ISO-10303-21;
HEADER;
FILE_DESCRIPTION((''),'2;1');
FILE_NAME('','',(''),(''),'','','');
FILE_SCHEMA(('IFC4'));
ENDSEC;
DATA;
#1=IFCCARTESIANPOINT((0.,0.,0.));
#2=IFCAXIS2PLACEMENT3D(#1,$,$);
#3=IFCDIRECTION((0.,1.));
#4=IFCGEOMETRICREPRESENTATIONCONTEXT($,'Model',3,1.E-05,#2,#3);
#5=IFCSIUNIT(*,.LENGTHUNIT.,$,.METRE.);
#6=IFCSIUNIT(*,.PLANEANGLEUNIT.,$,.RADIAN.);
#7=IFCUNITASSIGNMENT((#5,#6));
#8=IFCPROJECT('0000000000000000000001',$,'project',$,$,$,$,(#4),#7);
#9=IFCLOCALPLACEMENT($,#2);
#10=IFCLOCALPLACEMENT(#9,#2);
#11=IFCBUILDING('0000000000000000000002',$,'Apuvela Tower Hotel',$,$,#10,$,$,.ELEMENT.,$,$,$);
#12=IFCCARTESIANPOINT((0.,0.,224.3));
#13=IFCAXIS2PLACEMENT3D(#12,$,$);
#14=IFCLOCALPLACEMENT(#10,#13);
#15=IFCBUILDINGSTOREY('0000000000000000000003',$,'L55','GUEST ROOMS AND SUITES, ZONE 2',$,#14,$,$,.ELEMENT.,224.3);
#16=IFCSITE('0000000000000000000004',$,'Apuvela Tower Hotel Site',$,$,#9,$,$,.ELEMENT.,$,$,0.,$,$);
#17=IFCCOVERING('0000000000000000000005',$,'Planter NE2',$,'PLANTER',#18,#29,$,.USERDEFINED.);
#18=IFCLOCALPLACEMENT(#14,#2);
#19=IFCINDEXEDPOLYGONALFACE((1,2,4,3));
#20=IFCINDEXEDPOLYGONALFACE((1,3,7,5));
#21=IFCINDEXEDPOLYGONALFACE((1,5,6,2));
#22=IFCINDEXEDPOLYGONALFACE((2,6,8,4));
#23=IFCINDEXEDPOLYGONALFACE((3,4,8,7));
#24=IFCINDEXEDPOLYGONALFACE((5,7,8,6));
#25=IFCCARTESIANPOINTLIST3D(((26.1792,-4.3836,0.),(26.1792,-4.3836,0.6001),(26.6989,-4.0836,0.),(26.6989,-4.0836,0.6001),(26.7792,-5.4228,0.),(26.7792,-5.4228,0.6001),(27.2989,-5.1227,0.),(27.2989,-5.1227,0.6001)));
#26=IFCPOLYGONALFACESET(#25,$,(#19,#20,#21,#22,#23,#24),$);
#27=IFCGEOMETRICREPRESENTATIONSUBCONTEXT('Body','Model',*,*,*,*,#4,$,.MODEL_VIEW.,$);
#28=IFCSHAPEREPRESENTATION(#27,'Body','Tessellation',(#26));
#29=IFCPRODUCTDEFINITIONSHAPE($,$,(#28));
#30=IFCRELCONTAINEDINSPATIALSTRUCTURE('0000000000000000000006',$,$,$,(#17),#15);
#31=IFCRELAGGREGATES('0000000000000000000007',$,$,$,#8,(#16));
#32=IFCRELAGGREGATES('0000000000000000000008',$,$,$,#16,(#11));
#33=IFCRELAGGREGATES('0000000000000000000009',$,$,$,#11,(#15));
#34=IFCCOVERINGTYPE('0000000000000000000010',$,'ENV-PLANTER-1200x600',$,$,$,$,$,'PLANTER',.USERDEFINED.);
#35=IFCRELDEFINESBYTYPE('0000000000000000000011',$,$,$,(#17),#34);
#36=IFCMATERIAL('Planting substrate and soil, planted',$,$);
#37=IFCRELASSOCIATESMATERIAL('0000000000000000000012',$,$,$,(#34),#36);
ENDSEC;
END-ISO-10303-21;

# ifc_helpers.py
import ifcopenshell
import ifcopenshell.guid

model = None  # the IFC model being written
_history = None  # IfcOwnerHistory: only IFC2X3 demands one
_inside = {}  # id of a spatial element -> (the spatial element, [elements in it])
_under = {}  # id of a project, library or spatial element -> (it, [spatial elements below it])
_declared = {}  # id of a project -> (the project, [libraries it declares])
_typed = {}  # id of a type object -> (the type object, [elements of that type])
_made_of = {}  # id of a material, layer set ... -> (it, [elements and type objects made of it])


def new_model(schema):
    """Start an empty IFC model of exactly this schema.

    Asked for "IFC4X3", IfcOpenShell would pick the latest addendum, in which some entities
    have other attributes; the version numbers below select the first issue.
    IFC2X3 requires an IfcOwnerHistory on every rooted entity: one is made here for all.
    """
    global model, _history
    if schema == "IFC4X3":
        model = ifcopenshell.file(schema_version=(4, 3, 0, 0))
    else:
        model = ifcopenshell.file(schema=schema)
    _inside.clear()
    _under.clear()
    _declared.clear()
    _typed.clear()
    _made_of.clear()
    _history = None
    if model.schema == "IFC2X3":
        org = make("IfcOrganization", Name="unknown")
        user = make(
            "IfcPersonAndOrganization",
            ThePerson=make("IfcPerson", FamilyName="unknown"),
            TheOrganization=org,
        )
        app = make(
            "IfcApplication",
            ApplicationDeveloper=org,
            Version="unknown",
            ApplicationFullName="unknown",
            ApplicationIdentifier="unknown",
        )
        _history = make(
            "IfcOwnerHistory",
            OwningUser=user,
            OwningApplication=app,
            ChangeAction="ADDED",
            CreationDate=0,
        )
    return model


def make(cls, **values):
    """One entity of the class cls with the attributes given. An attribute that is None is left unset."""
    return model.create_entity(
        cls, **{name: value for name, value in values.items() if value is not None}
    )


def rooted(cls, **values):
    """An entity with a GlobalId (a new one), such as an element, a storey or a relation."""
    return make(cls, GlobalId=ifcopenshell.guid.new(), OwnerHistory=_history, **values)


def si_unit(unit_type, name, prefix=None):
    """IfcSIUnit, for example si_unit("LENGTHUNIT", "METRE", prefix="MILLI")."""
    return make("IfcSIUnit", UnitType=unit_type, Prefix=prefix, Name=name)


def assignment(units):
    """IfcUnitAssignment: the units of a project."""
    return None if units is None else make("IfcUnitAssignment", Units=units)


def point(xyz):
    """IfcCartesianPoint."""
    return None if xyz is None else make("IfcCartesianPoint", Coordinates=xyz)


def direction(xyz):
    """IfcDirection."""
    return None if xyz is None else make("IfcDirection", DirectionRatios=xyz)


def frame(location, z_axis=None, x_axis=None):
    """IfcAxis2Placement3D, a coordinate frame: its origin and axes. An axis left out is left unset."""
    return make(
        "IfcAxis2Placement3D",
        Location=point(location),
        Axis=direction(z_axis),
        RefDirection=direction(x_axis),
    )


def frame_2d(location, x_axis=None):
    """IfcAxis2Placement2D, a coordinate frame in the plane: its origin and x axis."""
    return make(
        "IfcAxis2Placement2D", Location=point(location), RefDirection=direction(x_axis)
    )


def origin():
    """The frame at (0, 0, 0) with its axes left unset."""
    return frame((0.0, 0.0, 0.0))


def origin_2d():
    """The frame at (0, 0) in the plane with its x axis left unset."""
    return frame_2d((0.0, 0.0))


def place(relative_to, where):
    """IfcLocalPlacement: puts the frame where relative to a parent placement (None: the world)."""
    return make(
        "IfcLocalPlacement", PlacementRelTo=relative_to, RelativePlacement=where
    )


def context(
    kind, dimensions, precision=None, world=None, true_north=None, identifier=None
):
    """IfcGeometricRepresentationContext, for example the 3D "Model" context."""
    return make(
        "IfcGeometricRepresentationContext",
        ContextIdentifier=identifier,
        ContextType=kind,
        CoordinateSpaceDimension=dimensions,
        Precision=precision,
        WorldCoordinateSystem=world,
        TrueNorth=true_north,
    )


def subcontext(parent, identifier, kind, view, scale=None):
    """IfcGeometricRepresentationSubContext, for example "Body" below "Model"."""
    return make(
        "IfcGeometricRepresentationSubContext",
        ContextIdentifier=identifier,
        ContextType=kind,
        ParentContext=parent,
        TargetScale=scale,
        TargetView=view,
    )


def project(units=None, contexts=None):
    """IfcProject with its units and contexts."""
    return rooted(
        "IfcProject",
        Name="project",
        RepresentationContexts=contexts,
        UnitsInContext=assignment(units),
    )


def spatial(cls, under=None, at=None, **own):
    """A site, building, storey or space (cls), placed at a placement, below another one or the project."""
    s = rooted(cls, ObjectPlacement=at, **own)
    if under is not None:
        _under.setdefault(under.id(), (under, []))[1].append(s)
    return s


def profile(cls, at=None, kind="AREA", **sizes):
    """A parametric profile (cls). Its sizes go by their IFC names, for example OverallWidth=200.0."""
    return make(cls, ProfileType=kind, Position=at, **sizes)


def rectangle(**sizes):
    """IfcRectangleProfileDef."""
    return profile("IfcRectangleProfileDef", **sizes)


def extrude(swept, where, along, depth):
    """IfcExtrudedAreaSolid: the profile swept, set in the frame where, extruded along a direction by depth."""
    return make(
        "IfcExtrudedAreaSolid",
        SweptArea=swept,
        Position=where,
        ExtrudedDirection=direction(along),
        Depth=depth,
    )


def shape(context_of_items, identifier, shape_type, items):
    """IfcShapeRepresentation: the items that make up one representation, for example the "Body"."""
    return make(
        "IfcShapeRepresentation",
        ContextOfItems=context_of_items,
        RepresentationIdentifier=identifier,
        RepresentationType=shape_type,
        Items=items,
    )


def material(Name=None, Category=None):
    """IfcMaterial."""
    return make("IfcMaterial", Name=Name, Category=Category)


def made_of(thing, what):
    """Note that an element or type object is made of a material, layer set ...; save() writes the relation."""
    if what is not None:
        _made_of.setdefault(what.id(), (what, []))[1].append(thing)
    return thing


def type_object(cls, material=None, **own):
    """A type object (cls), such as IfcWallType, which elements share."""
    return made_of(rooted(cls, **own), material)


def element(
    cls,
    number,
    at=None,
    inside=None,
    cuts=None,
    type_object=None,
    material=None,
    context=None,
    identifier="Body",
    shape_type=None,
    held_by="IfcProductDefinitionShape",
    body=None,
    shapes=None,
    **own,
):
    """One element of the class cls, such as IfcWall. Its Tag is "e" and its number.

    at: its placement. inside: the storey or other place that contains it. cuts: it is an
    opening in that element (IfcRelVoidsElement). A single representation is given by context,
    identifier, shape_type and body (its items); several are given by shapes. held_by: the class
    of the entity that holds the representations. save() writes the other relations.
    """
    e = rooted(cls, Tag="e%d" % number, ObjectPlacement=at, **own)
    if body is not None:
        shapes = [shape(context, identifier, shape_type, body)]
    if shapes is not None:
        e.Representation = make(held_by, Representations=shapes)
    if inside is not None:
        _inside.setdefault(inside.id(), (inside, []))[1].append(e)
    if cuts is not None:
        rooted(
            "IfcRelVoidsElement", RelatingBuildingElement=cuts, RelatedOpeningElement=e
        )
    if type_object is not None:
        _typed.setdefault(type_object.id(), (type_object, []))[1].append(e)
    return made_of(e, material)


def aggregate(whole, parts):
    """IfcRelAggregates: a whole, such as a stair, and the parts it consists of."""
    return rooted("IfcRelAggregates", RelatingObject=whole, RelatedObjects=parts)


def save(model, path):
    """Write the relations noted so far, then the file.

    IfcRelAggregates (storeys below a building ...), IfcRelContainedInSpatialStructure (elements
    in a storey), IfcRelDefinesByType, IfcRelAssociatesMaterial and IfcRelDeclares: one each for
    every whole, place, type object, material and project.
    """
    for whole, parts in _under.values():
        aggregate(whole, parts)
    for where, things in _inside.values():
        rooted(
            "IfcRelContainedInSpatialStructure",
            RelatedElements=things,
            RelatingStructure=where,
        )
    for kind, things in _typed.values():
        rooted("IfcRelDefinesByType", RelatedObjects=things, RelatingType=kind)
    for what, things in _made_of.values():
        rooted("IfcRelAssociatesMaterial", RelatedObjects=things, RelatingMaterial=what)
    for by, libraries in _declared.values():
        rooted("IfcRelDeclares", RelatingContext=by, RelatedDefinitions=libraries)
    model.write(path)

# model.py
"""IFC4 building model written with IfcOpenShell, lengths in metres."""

from ifc_helpers import new_model, si_unit, direction, frame, origin, origin_2d, place, context, subcontext, project, spatial, rectangle, extrude, material, type_object, element, save


model = new_model("IFC4")

# Units and contexts
model_context = context("Model", 3, precision=1e-05, world=origin(), true_north=direction((0.0, 1.0)))
body_context = subcontext(model_context, "Body", "Model", "MODEL_VIEW")
ifc_project = project(units=[si_unit("LENGTHUNIT", "METRE"), si_unit("PLANEANGLEUNIT", "RADIAN")], contexts=[model_context])

# Site, building, storey
site_placement = place(None, origin())
site = spatial("IfcSite", under=ifc_project, at=site_placement, Name="Apuvela Tower Hotel Site", CompositionType="ELEMENT", RefElevation=0.0)
building_placement = place(site_placement, origin())
building = spatial("IfcBuilding", under=site, at=building_placement, Name="Apuvela Tower Hotel", CompositionType="ELEMENT")
storey_placement = place(building_placement, frame((0.0, 0.0, 224.3)))
storey = spatial("IfcBuildingStorey", under=building, at=storey_placement, Name="L55", Description="GUEST ROOMS AND SUITES, ZONE 2", CompositionType="ELEMENT", Elevation=224.3)

# Covering
ifc_material_1 = material(Name="Planting substrate and soil, planted")
covering_type = type_object("IfcCoveringType", Name="ENV-PLANTER-1200x600", ElementType="PLANTER", PredefinedType="USERDEFINED", material=ifc_material_1)
covering_placement = place(storey_placement, frame((26.739, -4.7532, 0.0), z_axis=(0.0, 0.0, 1.0), x_axis=(-0.5, 0.866025, 0.0)))
element("IfcCovering", 1, at=covering_placement, inside=storey, type_object=covering_type, Name="Planter NE2", ObjectType="PLANTER", PredefinedType="USERDEFINED", context=body_context, shape_type="SweptSolid", body=[
    extrude(rectangle(XDim=1.2, YDim=0.6001, at=origin_2d()), origin(), (0.0, 0.0, 1.0), 0.6001),
])

save(model, "model.ifc")
